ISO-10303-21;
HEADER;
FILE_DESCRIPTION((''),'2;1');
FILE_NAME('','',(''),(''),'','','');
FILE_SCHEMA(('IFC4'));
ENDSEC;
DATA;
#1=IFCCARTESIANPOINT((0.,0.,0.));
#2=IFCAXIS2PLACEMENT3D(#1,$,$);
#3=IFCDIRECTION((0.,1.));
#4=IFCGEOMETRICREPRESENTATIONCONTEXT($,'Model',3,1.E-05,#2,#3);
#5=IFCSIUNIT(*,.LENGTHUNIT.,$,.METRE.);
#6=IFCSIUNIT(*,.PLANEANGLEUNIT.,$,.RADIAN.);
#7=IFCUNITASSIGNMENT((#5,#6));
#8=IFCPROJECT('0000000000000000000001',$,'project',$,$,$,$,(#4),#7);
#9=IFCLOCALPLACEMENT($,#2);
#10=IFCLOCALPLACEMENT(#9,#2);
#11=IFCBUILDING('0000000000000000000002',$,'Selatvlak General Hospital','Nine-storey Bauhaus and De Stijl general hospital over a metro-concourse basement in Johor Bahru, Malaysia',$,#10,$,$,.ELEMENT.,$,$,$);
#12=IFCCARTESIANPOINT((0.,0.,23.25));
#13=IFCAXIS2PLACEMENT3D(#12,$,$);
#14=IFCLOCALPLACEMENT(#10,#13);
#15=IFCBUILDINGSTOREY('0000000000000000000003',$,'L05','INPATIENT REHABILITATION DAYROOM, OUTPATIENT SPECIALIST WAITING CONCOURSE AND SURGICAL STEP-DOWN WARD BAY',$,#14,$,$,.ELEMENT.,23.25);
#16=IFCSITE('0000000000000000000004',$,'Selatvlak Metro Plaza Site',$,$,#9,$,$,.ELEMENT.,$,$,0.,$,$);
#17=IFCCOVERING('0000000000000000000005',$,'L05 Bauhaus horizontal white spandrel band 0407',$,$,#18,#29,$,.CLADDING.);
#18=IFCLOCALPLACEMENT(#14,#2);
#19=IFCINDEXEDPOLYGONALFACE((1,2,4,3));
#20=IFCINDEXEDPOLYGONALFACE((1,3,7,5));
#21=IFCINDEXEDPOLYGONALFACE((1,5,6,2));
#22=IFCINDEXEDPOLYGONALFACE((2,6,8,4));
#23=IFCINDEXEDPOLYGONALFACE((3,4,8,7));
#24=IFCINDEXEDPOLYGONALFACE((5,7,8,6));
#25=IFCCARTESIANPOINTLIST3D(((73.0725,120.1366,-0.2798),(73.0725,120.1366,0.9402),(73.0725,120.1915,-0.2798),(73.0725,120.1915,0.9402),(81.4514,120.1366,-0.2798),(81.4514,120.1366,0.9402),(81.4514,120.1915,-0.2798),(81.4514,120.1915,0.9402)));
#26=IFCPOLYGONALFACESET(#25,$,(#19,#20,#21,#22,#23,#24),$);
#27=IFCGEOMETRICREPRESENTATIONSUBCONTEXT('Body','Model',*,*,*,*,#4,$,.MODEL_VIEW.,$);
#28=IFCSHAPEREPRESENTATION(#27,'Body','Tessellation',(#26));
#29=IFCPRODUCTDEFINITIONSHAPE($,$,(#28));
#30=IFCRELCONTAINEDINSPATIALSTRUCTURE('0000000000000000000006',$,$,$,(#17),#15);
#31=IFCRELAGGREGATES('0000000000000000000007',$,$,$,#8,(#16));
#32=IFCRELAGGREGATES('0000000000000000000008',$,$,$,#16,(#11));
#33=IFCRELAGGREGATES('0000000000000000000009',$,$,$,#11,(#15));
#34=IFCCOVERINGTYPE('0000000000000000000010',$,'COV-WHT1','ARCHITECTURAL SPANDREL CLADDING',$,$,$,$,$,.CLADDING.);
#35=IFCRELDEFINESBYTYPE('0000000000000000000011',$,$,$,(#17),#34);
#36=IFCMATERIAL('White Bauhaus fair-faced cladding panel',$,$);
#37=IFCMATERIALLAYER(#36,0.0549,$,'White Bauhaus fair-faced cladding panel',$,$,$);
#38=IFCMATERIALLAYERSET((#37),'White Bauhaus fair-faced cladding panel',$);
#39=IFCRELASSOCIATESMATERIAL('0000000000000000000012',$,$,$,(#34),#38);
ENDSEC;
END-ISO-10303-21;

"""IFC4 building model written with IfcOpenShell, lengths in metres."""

from ifc_helpers import new_model, si_unit, direction, frame, origin, origin_2d, place, context, subcontext, project, spatial, rectangle, extrude, material, layer, layer_set, type_object, element, save


model = new_model("IFC4")

# Units and contexts
model_context = context("Model", 3, precision=1e-05, world=origin(), true_north=direction((0.0, 1.0)))
body_context = subcontext(model_context, "Body", "Model", "MODEL_VIEW")
ifc_project = project(units=[si_unit("LENGTHUNIT", "METRE"), si_unit("PLANEANGLEUNIT", "RADIAN")], contexts=[model_context])

# Site, building, storey
site_placement = place(None, origin())
site = spatial("IfcSite", under=ifc_project, at=site_placement, Name="Selatvlak Metro Plaza Site", CompositionType="ELEMENT", RefElevation=0.0)
building_placement = place(site_placement, origin())
building = spatial("IfcBuilding", under=site, at=building_placement, Name="Selatvlak General Hospital", Description="Nine-storey Bauhaus and De Stijl general hospital over a metro-concourse basement in Johor Bahru, Malaysia", CompositionType="ELEMENT")
storey_placement = place(building_placement, frame((0.0, 0.0, 23.25)))
storey = spatial("IfcBuildingStorey", under=building, at=storey_placement, Name="L05", Description="INPATIENT REHABILITATION DAYROOM, OUTPATIENT SPECIALIST WAITING CONCOURSE AND SURGICAL STEP-DOWN WARD BAY", CompositionType="ELEMENT", Elevation=23.25)

# Covering
ifc_material_1 = material(Name="White Bauhaus fair-faced cladding panel")
ifc_layer_1 = layer(ifc_material_1, 0.0549, Name="White Bauhaus fair-faced cladding panel")
ifc_layer_set_1 = layer_set([ifc_layer_1], Name="White Bauhaus fair-faced cladding panel")
covering_type = type_object("IfcCoveringType", Name="COV-WHT1", Description="ARCHITECTURAL SPANDREL CLADDING", PredefinedType="CLADDING", material=ifc_layer_set_1)
covering_placement = place(storey_placement, frame((77.262, 120.1641, -0.2798), z_axis=(0.0, 0.0, 1.0), x_axis=(1.0, 0.0, 0.0)))
element("IfcCovering", 1, at=covering_placement, inside=storey, type_object=covering_type, Name="L05 Bauhaus horizontal white spandrel band 0407", PredefinedType="CLADDING", context=body_context, shape_type="SweptSolid", body=[
    extrude(rectangle(XDim=8.3789, YDim=0.0549, at=origin_2d()), origin(), (0.0, 0.0, 1.0), 1.22),
])

save(model, "model.ifc")
